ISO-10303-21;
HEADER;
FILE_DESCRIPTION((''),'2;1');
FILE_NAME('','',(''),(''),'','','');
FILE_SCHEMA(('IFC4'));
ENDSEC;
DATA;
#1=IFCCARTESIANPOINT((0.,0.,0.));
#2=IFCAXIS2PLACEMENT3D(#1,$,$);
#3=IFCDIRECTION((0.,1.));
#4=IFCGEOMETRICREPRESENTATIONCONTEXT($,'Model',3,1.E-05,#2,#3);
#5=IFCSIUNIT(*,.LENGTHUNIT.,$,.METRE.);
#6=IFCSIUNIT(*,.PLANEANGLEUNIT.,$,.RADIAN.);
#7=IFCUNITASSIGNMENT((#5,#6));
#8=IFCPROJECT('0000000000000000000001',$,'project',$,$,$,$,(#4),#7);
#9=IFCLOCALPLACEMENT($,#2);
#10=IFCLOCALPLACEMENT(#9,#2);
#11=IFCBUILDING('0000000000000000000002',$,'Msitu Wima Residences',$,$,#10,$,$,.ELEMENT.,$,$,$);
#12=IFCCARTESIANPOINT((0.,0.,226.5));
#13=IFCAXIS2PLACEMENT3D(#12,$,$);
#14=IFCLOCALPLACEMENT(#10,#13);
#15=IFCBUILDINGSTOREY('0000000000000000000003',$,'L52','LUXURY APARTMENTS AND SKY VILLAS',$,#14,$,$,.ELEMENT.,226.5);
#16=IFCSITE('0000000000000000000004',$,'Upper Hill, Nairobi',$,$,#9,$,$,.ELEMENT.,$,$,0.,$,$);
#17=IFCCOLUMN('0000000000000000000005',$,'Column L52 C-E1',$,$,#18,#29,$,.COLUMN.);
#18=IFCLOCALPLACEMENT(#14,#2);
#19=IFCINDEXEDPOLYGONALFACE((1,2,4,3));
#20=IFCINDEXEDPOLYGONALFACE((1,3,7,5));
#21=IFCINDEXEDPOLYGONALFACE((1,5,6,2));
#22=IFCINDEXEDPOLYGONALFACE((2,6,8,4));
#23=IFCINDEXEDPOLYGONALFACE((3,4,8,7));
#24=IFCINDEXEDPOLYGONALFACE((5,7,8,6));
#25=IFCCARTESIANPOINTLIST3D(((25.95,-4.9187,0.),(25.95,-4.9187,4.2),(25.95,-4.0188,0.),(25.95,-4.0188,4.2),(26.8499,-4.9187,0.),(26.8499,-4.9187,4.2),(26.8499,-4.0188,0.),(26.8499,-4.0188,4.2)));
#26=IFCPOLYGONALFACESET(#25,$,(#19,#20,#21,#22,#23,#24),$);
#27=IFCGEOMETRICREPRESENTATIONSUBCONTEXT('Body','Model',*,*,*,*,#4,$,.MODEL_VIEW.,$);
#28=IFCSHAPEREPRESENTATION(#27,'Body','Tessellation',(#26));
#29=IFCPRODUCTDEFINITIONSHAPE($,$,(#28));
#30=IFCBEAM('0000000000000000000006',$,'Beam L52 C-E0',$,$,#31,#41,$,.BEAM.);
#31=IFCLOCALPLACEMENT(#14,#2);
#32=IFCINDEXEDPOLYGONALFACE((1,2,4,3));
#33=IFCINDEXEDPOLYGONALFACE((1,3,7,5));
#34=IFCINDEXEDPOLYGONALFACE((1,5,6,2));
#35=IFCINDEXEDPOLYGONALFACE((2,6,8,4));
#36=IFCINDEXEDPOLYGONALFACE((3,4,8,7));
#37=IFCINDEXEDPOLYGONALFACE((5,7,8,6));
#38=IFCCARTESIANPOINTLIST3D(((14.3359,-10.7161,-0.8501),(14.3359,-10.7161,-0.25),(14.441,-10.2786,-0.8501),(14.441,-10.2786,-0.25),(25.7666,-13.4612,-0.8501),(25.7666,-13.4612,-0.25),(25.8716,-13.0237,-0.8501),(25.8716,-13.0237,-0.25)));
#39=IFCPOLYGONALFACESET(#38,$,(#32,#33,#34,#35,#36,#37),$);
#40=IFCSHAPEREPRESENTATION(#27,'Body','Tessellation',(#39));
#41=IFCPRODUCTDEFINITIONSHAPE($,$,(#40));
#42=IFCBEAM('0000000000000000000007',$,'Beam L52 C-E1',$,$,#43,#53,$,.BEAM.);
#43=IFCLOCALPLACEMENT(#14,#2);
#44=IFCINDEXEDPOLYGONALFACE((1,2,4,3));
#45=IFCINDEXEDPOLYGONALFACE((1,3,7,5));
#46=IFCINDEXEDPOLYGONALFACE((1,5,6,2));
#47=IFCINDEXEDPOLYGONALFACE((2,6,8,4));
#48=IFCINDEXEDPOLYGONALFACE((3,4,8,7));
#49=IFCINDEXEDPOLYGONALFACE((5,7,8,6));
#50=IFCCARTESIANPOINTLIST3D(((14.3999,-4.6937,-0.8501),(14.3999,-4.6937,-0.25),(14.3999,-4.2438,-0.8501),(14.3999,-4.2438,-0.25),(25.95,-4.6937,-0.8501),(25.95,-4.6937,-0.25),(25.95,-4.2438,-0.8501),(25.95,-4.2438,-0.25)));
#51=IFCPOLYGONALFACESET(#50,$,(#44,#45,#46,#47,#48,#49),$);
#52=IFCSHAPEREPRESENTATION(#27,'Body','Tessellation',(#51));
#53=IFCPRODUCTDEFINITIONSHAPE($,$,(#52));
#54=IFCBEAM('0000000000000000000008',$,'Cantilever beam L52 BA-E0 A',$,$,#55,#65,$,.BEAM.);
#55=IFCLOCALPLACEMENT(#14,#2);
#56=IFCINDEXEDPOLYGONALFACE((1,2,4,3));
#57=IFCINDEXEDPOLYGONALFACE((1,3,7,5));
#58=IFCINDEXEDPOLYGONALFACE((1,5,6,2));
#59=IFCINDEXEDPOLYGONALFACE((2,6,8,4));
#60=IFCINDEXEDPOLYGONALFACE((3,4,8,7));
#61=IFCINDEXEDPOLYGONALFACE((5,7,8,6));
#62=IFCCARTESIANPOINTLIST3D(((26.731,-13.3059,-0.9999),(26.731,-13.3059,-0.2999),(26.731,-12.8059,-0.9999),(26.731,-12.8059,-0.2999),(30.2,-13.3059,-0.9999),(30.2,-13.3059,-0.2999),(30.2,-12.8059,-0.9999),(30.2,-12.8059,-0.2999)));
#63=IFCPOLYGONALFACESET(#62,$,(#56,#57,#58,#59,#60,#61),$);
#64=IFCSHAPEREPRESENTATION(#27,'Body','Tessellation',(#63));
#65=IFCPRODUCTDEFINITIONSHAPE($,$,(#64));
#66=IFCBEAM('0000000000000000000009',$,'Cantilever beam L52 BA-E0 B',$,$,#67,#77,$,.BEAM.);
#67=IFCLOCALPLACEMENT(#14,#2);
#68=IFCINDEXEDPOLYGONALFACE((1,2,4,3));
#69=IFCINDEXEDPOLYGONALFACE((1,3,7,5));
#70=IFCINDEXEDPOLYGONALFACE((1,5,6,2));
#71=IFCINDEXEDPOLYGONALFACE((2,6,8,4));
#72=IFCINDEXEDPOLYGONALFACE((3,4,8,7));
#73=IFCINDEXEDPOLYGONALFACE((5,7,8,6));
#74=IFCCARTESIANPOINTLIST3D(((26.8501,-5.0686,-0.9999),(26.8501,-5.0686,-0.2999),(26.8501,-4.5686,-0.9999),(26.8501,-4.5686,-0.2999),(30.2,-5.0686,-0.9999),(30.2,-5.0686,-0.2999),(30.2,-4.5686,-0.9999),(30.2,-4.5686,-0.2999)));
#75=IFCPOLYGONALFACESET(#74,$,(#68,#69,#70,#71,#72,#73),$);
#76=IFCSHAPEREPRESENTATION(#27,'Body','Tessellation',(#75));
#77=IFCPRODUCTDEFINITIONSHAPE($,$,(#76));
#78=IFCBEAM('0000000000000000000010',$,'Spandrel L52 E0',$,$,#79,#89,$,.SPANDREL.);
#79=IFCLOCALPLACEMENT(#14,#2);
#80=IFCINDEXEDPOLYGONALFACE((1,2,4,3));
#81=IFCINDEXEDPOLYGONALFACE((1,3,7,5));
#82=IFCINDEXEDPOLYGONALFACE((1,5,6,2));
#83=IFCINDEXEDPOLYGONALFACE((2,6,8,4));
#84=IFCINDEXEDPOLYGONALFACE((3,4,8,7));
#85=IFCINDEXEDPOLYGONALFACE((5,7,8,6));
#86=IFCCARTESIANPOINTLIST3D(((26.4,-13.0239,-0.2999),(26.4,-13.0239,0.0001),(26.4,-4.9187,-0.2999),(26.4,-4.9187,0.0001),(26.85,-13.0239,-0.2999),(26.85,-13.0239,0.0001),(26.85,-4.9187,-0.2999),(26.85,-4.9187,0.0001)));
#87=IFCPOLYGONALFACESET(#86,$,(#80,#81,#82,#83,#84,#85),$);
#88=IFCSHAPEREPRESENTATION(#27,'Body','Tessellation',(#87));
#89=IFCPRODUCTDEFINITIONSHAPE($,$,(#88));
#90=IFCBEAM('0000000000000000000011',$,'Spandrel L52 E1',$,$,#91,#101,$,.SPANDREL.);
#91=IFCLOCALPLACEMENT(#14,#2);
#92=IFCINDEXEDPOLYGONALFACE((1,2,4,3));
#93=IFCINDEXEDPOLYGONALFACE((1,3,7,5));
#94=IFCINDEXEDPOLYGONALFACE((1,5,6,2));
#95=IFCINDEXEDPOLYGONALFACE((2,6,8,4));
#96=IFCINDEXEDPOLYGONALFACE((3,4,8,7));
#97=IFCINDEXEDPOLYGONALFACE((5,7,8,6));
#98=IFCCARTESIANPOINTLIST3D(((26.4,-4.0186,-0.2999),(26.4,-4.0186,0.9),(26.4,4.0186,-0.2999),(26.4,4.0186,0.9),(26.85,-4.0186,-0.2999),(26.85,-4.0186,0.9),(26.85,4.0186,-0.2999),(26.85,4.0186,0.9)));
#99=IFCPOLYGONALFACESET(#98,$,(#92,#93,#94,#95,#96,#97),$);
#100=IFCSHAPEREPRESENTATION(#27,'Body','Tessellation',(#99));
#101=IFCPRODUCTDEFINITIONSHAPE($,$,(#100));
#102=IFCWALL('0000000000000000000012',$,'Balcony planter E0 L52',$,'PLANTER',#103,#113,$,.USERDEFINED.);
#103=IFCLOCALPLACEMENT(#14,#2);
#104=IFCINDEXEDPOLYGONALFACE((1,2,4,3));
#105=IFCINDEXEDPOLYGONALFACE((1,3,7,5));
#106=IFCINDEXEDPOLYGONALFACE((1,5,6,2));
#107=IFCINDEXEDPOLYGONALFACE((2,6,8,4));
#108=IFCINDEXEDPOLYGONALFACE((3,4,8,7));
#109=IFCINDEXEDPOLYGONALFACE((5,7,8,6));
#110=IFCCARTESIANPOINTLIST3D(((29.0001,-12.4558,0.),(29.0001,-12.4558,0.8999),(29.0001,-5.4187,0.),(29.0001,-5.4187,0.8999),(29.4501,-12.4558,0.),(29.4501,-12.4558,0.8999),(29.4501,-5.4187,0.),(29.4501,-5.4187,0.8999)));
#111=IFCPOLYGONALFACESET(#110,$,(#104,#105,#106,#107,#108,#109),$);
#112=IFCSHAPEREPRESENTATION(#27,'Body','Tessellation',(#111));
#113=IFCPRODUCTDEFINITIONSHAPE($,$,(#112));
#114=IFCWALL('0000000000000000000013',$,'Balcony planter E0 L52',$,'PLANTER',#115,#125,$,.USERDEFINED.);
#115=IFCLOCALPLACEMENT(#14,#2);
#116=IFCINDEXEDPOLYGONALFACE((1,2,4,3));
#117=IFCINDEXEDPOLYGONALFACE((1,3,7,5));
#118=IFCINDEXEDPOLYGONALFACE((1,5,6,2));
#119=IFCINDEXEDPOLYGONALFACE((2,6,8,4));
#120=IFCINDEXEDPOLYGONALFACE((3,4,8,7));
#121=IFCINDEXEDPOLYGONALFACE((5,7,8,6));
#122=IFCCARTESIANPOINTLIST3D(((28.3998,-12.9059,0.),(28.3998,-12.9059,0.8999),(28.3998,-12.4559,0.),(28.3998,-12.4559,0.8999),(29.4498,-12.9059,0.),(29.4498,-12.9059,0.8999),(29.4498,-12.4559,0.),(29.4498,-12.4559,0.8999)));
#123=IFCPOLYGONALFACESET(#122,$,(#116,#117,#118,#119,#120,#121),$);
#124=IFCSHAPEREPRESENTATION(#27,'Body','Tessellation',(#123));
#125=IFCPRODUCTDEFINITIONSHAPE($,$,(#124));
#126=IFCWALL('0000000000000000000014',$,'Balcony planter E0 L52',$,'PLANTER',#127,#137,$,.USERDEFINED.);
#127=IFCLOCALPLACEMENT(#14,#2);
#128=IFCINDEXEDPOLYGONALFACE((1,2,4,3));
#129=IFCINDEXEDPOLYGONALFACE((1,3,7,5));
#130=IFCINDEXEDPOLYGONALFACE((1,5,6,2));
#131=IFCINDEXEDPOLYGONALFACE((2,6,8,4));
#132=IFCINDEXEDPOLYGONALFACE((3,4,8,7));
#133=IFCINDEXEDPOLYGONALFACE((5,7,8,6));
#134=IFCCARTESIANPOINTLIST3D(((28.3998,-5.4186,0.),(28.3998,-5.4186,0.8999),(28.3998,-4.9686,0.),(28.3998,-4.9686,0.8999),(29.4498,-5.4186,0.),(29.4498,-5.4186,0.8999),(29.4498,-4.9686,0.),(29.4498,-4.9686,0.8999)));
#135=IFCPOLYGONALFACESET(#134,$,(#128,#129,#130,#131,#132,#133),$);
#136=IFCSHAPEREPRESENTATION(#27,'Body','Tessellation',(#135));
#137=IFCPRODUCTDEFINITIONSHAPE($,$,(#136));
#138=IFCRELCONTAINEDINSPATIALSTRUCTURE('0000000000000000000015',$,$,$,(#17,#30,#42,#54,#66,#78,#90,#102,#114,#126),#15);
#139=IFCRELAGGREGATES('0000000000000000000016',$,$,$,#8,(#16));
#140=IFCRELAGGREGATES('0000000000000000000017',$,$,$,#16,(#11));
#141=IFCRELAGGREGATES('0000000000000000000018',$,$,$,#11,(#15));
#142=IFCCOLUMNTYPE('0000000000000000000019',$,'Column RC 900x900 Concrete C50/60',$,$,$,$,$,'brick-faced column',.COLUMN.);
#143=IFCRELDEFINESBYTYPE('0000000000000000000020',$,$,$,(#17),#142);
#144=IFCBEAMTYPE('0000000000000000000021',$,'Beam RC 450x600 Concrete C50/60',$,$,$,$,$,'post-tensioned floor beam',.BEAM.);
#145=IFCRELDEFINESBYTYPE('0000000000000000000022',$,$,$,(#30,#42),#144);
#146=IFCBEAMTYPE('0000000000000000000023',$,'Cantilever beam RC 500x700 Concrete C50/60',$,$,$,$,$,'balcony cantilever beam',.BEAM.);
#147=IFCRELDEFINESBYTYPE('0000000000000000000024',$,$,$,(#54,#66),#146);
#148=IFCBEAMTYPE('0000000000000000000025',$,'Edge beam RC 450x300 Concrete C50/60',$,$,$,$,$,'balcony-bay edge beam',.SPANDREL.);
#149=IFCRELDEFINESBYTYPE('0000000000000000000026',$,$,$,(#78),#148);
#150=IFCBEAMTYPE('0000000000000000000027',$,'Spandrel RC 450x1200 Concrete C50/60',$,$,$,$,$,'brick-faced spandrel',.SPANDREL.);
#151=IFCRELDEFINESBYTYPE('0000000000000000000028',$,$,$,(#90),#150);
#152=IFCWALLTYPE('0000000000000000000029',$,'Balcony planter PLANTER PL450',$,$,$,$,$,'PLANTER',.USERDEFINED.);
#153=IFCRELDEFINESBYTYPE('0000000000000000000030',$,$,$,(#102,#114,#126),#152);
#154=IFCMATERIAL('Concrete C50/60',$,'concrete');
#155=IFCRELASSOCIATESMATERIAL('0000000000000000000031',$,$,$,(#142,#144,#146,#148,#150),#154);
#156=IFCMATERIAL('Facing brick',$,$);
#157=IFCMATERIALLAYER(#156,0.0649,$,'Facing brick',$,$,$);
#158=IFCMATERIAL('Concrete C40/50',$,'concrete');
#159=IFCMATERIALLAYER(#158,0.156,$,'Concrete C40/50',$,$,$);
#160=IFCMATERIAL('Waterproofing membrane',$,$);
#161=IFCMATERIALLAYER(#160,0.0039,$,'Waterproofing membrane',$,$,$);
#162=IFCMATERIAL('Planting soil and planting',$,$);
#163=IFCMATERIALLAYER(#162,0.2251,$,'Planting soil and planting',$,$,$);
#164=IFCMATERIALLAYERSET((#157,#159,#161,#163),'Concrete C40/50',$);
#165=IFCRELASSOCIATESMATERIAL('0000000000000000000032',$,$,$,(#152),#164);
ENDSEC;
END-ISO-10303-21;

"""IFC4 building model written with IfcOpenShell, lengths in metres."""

from ifc_helpers import new_model, si_unit, direction, frame, frame_2d, origin, origin_2d, place, context, subcontext, project, spatial, rectangle, extrude, material, layer, layer_set, material_profile, profile_set, type_object, element, save


model = new_model("IFC4")

# Units and contexts
model_context = context("Model", 3, precision=1e-05, world=origin(), true_north=direction((0.0, 1.0)))
body_context = subcontext(model_context, "Body", "Model", "MODEL_VIEW")
ifc_project = project(units=[si_unit("LENGTHUNIT", "METRE"), si_unit("PLANEANGLEUNIT", "RADIAN")], contexts=[model_context])

# Site, building, storey
site_placement = place(None, origin())
site = spatial("IfcSite", under=ifc_project, at=site_placement, Name="Upper Hill, Nairobi", CompositionType="ELEMENT", RefElevation=0.0)
building_placement = place(site_placement, origin())
building = spatial("IfcBuilding", under=site, at=building_placement, Name="Msitu Wima Residences", CompositionType="ELEMENT")
storey_placement = place(building_placement, frame((0.0, 0.0, 226.5)))
storey = spatial("IfcBuildingStorey", under=building, at=storey_placement, Name="L52", Description="LUXURY APARTMENTS AND SKY VILLAS", CompositionType="ELEMENT", Elevation=226.5)

# Column
ifc_material_1 = material(Name="Concrete C50/60", Category="concrete")
ifc_material_profile_1 = material_profile(ifc_material_1, rectangle(XDim=0.8999, YDim=0.8999, at=origin_2d()), Name="RC 900x900")
ifc_profile_set_1 = profile_set([ifc_material_profile_1], Name="Concrete C50/60")
column_type = type_object("IfcColumnType", Name="Column RC 900x900 Concrete C50/60", ElementType="brick-faced column", PredefinedType="COLUMN", material=ifc_profile_set_1)
column_placement = place(storey_placement, frame((26.3999, -4.4688, 0.0), z_axis=(0.0, 0.0, 1.0), x_axis=(0.0, 1.0, 0.0)))
element("IfcColumn", 1, at=column_placement, inside=storey, type_object=column_type, Name="Column L52 C-E1", PredefinedType="COLUMN", context=body_context, shape_type="SweptSolid", body=[
    extrude(rectangle(XDim=0.8999, YDim=0.8999, at=origin_2d()), origin(), (0.0, 0.0, 1.0), 4.2),
])

# Beams
ifc_material_profile_2 = material_profile(ifc_material_1, rectangle(XDim=0.45, YDim=0.6001, at=origin_2d()), Name="RC 450x600")
ifc_profile_set_2 = profile_set([ifc_material_profile_2], Name="Concrete C50/60")
beam_type_1 = type_object("IfcBeamType", Name="Beam RC 450x600 Concrete C50/60", ElementType="post-tensioned floor beam", PredefinedType="BEAM", material=ifc_profile_set_2)
beam_1_placement = place(storey_placement, frame((25.8191, -13.2424, -0.55), z_axis=(-0.972353, 0.233514, 0.0), x_axis=(-0.233514, -0.972353, 0.0)))
element("IfcBeam", 2, at=beam_1_placement, inside=storey, type_object=beam_type_1, Name="Beam L52 C-E0", PredefinedType="BEAM", context=body_context, shape_type="SweptSolid", body=[
    extrude(rectangle(XDim=0.45, YDim=0.6001, at=origin_2d()), origin(), (0.0, 0.0, 1.0), 11.7556),
])
beam_2_placement = place(storey_placement, frame((25.95, -4.4688, -0.55), z_axis=(-1.0, 0.0, 0.0), x_axis=(0.0, -1.0, 0.0)))
element("IfcBeam", 3, at=beam_2_placement, inside=storey, type_object=beam_type_1, Name="Beam L52 C-E1", PredefinedType="BEAM", context=body_context, shape_type="SweptSolid", body=[
    extrude(rectangle(XDim=0.45, YDim=0.6001, at=origin_2d()), origin(), (0.0, 0.0, 1.0), 11.55),
])
ifc_material_profile_3 = material_profile(ifc_material_1, rectangle(XDim=0.5, YDim=0.7, at=origin_2d()), Name="RC 500x700")
ifc_profile_set_3 = profile_set([ifc_material_profile_3], Name="Concrete C50/60")
beam_type_2 = type_object("IfcBeamType", Name="Cantilever beam RC 500x700 Concrete C50/60", ElementType="balcony cantilever beam", PredefinedType="BEAM", material=ifc_profile_set_3)
beam_3_placement = place(storey_placement, frame((26.731, -13.0559, -0.6499), z_axis=(1.0, 0.0, 0.0), x_axis=(0.0, 1.0, 0.0)))
element("IfcBeam", 4, at=beam_3_placement, inside=storey, type_object=beam_type_2, Name="Cantilever beam L52 BA-E0 A", PredefinedType="BEAM", context=body_context, shape_type="SweptSolid", body=[
    extrude(rectangle(XDim=0.5, YDim=0.7, at=origin_2d()), origin(), (0.0, 0.0, 1.0), 3.469),
])
beam_4_placement = place(storey_placement, frame((26.8501, -4.8186, -0.6499), z_axis=(1.0, 0.0, 0.0), x_axis=(0.0, 1.0, 0.0)))
element("IfcBeam", 5, at=beam_4_placement, inside=storey, type_object=beam_type_2, Name="Cantilever beam L52 BA-E0 B", PredefinedType="BEAM", context=body_context, shape_type="SweptSolid", body=[
    extrude(rectangle(XDim=0.5, YDim=0.7, at=origin_2d()), origin(), (0.0, 0.0, 1.0), 3.3499),
])
ifc_material_profile_4 = material_profile(ifc_material_1, rectangle(XDim=0.45, YDim=0.3, at=origin_2d()), Name="RC 450x300")
ifc_profile_set_4 = profile_set([ifc_material_profile_4], Name="Concrete C50/60")
beam_type_3 = type_object("IfcBeamType", Name="Edge beam RC 450x300 Concrete C50/60", ElementType="balcony-bay edge beam", PredefinedType="SPANDREL", material=ifc_profile_set_4)
beam_5_placement = place(storey_placement, frame((26.625, -13.0239, -0.1499), z_axis=(0.0, 1.0, 0.0), x_axis=(-1.0, 0.0, 0.0)))
element("IfcBeam", 6, at=beam_5_placement, inside=storey, type_object=beam_type_3, Name="Spandrel L52 E0", PredefinedType="SPANDREL", context=body_context, shape_type="SweptSolid", body=[
    extrude(rectangle(XDim=0.45, YDim=0.3, at=origin_2d()), origin(), (0.0, 0.0, 1.0), 8.1052),
])
ifc_material_profile_5 = material_profile(ifc_material_1, rectangle(XDim=0.45, YDim=1.2, at=origin_2d()), Name="RC 450x1200")
ifc_profile_set_5 = profile_set([ifc_material_profile_5], Name="Concrete C50/60")
beam_type_4 = type_object("IfcBeamType", Name="Spandrel RC 450x1200 Concrete C50/60", ElementType="brick-faced spandrel", PredefinedType="SPANDREL", material=ifc_profile_set_5)
beam_6_placement = place(storey_placement, frame((26.625, -4.0186, 0.3), z_axis=(0.0, 1.0, 0.0), x_axis=(-1.0, 0.0, 0.0)))
element("IfcBeam", 7, at=beam_6_placement, inside=storey, type_object=beam_type_4, Name="Spandrel L52 E1", PredefinedType="SPANDREL", context=body_context, shape_type="SweptSolid", body=[
    extrude(rectangle(XDim=0.45, YDim=1.2, at=origin_2d()), origin(), (0.0, 0.0, 1.0), 8.0371),
])

# Walls
ifc_material_2 = material(Name="Facing brick")
ifc_layer_1 = layer(ifc_material_2, 0.0649, Name="Facing brick")
ifc_material_3 = material(Name="Concrete C40/50", Category="concrete")
ifc_layer_2 = layer(ifc_material_3, 0.156, Name="Concrete C40/50")
ifc_material_4 = material(Name="Waterproofing membrane")
ifc_layer_3 = layer(ifc_material_4, 0.0039, Name="Waterproofing membrane")
ifc_material_5 = material(Name="Planting soil and planting")
ifc_layer_4 = layer(ifc_material_5, 0.2251, Name="Planting soil and planting")
ifc_layer_set_1 = layer_set([ifc_layer_1, ifc_layer_2, ifc_layer_3, ifc_layer_4], Name="Concrete C40/50")
wall_type_1 = type_object("IfcWallType", Name="Balcony planter PLANTER PL450", ElementType="PLANTER", PredefinedType="USERDEFINED", material=ifc_layer_set_1)
wall_1_placement = place(storey_placement, frame((29.2251, -12.4558, 0.0), z_axis=(0.0, 0.0, 1.0), x_axis=(0.0, 1.0, 0.0)))
element("IfcWall", 8, at=wall_1_placement, inside=storey, type_object=wall_type_1, Name="Balcony planter E0 L52", ObjectType="PLANTER", PredefinedType="USERDEFINED", context=body_context, shape_type="SweptSolid", body=[
    extrude(rectangle(XDim=7.0371, YDim=0.45, at=frame_2d((3.5186, 0.0))), origin(), (0.0, 0.0, 1.0), 0.8999),
])
for number, where, z_axis, x_axis, name in (
    (9, (28.3999, -12.6809, 0.0), (0.0, 0.0, 1.0), (1.0, 0.0, 0.0), "Balcony planter E0 L52"),
    (10, (28.3999, -5.1936, 0.0), (0.0, 0.0, 1.0), (1.0, 0.0, 0.0), "Balcony planter E0 L52"),
):
    element("IfcWall", number, at=place(storey_placement, frame(where, z_axis=z_axis, x_axis=x_axis)), inside=storey, type_object=wall_type_1, Name=name, ObjectType="PLANTER", PredefinedType="USERDEFINED", context=body_context, shape_type="SweptSolid", body=[
        extrude(rectangle(XDim=1.05, YDim=0.45, at=frame_2d((0.5249, 0.0))), origin(), (0.0, 0.0, 1.0), 0.8999),
    ])

save(model, "model.ifc")
